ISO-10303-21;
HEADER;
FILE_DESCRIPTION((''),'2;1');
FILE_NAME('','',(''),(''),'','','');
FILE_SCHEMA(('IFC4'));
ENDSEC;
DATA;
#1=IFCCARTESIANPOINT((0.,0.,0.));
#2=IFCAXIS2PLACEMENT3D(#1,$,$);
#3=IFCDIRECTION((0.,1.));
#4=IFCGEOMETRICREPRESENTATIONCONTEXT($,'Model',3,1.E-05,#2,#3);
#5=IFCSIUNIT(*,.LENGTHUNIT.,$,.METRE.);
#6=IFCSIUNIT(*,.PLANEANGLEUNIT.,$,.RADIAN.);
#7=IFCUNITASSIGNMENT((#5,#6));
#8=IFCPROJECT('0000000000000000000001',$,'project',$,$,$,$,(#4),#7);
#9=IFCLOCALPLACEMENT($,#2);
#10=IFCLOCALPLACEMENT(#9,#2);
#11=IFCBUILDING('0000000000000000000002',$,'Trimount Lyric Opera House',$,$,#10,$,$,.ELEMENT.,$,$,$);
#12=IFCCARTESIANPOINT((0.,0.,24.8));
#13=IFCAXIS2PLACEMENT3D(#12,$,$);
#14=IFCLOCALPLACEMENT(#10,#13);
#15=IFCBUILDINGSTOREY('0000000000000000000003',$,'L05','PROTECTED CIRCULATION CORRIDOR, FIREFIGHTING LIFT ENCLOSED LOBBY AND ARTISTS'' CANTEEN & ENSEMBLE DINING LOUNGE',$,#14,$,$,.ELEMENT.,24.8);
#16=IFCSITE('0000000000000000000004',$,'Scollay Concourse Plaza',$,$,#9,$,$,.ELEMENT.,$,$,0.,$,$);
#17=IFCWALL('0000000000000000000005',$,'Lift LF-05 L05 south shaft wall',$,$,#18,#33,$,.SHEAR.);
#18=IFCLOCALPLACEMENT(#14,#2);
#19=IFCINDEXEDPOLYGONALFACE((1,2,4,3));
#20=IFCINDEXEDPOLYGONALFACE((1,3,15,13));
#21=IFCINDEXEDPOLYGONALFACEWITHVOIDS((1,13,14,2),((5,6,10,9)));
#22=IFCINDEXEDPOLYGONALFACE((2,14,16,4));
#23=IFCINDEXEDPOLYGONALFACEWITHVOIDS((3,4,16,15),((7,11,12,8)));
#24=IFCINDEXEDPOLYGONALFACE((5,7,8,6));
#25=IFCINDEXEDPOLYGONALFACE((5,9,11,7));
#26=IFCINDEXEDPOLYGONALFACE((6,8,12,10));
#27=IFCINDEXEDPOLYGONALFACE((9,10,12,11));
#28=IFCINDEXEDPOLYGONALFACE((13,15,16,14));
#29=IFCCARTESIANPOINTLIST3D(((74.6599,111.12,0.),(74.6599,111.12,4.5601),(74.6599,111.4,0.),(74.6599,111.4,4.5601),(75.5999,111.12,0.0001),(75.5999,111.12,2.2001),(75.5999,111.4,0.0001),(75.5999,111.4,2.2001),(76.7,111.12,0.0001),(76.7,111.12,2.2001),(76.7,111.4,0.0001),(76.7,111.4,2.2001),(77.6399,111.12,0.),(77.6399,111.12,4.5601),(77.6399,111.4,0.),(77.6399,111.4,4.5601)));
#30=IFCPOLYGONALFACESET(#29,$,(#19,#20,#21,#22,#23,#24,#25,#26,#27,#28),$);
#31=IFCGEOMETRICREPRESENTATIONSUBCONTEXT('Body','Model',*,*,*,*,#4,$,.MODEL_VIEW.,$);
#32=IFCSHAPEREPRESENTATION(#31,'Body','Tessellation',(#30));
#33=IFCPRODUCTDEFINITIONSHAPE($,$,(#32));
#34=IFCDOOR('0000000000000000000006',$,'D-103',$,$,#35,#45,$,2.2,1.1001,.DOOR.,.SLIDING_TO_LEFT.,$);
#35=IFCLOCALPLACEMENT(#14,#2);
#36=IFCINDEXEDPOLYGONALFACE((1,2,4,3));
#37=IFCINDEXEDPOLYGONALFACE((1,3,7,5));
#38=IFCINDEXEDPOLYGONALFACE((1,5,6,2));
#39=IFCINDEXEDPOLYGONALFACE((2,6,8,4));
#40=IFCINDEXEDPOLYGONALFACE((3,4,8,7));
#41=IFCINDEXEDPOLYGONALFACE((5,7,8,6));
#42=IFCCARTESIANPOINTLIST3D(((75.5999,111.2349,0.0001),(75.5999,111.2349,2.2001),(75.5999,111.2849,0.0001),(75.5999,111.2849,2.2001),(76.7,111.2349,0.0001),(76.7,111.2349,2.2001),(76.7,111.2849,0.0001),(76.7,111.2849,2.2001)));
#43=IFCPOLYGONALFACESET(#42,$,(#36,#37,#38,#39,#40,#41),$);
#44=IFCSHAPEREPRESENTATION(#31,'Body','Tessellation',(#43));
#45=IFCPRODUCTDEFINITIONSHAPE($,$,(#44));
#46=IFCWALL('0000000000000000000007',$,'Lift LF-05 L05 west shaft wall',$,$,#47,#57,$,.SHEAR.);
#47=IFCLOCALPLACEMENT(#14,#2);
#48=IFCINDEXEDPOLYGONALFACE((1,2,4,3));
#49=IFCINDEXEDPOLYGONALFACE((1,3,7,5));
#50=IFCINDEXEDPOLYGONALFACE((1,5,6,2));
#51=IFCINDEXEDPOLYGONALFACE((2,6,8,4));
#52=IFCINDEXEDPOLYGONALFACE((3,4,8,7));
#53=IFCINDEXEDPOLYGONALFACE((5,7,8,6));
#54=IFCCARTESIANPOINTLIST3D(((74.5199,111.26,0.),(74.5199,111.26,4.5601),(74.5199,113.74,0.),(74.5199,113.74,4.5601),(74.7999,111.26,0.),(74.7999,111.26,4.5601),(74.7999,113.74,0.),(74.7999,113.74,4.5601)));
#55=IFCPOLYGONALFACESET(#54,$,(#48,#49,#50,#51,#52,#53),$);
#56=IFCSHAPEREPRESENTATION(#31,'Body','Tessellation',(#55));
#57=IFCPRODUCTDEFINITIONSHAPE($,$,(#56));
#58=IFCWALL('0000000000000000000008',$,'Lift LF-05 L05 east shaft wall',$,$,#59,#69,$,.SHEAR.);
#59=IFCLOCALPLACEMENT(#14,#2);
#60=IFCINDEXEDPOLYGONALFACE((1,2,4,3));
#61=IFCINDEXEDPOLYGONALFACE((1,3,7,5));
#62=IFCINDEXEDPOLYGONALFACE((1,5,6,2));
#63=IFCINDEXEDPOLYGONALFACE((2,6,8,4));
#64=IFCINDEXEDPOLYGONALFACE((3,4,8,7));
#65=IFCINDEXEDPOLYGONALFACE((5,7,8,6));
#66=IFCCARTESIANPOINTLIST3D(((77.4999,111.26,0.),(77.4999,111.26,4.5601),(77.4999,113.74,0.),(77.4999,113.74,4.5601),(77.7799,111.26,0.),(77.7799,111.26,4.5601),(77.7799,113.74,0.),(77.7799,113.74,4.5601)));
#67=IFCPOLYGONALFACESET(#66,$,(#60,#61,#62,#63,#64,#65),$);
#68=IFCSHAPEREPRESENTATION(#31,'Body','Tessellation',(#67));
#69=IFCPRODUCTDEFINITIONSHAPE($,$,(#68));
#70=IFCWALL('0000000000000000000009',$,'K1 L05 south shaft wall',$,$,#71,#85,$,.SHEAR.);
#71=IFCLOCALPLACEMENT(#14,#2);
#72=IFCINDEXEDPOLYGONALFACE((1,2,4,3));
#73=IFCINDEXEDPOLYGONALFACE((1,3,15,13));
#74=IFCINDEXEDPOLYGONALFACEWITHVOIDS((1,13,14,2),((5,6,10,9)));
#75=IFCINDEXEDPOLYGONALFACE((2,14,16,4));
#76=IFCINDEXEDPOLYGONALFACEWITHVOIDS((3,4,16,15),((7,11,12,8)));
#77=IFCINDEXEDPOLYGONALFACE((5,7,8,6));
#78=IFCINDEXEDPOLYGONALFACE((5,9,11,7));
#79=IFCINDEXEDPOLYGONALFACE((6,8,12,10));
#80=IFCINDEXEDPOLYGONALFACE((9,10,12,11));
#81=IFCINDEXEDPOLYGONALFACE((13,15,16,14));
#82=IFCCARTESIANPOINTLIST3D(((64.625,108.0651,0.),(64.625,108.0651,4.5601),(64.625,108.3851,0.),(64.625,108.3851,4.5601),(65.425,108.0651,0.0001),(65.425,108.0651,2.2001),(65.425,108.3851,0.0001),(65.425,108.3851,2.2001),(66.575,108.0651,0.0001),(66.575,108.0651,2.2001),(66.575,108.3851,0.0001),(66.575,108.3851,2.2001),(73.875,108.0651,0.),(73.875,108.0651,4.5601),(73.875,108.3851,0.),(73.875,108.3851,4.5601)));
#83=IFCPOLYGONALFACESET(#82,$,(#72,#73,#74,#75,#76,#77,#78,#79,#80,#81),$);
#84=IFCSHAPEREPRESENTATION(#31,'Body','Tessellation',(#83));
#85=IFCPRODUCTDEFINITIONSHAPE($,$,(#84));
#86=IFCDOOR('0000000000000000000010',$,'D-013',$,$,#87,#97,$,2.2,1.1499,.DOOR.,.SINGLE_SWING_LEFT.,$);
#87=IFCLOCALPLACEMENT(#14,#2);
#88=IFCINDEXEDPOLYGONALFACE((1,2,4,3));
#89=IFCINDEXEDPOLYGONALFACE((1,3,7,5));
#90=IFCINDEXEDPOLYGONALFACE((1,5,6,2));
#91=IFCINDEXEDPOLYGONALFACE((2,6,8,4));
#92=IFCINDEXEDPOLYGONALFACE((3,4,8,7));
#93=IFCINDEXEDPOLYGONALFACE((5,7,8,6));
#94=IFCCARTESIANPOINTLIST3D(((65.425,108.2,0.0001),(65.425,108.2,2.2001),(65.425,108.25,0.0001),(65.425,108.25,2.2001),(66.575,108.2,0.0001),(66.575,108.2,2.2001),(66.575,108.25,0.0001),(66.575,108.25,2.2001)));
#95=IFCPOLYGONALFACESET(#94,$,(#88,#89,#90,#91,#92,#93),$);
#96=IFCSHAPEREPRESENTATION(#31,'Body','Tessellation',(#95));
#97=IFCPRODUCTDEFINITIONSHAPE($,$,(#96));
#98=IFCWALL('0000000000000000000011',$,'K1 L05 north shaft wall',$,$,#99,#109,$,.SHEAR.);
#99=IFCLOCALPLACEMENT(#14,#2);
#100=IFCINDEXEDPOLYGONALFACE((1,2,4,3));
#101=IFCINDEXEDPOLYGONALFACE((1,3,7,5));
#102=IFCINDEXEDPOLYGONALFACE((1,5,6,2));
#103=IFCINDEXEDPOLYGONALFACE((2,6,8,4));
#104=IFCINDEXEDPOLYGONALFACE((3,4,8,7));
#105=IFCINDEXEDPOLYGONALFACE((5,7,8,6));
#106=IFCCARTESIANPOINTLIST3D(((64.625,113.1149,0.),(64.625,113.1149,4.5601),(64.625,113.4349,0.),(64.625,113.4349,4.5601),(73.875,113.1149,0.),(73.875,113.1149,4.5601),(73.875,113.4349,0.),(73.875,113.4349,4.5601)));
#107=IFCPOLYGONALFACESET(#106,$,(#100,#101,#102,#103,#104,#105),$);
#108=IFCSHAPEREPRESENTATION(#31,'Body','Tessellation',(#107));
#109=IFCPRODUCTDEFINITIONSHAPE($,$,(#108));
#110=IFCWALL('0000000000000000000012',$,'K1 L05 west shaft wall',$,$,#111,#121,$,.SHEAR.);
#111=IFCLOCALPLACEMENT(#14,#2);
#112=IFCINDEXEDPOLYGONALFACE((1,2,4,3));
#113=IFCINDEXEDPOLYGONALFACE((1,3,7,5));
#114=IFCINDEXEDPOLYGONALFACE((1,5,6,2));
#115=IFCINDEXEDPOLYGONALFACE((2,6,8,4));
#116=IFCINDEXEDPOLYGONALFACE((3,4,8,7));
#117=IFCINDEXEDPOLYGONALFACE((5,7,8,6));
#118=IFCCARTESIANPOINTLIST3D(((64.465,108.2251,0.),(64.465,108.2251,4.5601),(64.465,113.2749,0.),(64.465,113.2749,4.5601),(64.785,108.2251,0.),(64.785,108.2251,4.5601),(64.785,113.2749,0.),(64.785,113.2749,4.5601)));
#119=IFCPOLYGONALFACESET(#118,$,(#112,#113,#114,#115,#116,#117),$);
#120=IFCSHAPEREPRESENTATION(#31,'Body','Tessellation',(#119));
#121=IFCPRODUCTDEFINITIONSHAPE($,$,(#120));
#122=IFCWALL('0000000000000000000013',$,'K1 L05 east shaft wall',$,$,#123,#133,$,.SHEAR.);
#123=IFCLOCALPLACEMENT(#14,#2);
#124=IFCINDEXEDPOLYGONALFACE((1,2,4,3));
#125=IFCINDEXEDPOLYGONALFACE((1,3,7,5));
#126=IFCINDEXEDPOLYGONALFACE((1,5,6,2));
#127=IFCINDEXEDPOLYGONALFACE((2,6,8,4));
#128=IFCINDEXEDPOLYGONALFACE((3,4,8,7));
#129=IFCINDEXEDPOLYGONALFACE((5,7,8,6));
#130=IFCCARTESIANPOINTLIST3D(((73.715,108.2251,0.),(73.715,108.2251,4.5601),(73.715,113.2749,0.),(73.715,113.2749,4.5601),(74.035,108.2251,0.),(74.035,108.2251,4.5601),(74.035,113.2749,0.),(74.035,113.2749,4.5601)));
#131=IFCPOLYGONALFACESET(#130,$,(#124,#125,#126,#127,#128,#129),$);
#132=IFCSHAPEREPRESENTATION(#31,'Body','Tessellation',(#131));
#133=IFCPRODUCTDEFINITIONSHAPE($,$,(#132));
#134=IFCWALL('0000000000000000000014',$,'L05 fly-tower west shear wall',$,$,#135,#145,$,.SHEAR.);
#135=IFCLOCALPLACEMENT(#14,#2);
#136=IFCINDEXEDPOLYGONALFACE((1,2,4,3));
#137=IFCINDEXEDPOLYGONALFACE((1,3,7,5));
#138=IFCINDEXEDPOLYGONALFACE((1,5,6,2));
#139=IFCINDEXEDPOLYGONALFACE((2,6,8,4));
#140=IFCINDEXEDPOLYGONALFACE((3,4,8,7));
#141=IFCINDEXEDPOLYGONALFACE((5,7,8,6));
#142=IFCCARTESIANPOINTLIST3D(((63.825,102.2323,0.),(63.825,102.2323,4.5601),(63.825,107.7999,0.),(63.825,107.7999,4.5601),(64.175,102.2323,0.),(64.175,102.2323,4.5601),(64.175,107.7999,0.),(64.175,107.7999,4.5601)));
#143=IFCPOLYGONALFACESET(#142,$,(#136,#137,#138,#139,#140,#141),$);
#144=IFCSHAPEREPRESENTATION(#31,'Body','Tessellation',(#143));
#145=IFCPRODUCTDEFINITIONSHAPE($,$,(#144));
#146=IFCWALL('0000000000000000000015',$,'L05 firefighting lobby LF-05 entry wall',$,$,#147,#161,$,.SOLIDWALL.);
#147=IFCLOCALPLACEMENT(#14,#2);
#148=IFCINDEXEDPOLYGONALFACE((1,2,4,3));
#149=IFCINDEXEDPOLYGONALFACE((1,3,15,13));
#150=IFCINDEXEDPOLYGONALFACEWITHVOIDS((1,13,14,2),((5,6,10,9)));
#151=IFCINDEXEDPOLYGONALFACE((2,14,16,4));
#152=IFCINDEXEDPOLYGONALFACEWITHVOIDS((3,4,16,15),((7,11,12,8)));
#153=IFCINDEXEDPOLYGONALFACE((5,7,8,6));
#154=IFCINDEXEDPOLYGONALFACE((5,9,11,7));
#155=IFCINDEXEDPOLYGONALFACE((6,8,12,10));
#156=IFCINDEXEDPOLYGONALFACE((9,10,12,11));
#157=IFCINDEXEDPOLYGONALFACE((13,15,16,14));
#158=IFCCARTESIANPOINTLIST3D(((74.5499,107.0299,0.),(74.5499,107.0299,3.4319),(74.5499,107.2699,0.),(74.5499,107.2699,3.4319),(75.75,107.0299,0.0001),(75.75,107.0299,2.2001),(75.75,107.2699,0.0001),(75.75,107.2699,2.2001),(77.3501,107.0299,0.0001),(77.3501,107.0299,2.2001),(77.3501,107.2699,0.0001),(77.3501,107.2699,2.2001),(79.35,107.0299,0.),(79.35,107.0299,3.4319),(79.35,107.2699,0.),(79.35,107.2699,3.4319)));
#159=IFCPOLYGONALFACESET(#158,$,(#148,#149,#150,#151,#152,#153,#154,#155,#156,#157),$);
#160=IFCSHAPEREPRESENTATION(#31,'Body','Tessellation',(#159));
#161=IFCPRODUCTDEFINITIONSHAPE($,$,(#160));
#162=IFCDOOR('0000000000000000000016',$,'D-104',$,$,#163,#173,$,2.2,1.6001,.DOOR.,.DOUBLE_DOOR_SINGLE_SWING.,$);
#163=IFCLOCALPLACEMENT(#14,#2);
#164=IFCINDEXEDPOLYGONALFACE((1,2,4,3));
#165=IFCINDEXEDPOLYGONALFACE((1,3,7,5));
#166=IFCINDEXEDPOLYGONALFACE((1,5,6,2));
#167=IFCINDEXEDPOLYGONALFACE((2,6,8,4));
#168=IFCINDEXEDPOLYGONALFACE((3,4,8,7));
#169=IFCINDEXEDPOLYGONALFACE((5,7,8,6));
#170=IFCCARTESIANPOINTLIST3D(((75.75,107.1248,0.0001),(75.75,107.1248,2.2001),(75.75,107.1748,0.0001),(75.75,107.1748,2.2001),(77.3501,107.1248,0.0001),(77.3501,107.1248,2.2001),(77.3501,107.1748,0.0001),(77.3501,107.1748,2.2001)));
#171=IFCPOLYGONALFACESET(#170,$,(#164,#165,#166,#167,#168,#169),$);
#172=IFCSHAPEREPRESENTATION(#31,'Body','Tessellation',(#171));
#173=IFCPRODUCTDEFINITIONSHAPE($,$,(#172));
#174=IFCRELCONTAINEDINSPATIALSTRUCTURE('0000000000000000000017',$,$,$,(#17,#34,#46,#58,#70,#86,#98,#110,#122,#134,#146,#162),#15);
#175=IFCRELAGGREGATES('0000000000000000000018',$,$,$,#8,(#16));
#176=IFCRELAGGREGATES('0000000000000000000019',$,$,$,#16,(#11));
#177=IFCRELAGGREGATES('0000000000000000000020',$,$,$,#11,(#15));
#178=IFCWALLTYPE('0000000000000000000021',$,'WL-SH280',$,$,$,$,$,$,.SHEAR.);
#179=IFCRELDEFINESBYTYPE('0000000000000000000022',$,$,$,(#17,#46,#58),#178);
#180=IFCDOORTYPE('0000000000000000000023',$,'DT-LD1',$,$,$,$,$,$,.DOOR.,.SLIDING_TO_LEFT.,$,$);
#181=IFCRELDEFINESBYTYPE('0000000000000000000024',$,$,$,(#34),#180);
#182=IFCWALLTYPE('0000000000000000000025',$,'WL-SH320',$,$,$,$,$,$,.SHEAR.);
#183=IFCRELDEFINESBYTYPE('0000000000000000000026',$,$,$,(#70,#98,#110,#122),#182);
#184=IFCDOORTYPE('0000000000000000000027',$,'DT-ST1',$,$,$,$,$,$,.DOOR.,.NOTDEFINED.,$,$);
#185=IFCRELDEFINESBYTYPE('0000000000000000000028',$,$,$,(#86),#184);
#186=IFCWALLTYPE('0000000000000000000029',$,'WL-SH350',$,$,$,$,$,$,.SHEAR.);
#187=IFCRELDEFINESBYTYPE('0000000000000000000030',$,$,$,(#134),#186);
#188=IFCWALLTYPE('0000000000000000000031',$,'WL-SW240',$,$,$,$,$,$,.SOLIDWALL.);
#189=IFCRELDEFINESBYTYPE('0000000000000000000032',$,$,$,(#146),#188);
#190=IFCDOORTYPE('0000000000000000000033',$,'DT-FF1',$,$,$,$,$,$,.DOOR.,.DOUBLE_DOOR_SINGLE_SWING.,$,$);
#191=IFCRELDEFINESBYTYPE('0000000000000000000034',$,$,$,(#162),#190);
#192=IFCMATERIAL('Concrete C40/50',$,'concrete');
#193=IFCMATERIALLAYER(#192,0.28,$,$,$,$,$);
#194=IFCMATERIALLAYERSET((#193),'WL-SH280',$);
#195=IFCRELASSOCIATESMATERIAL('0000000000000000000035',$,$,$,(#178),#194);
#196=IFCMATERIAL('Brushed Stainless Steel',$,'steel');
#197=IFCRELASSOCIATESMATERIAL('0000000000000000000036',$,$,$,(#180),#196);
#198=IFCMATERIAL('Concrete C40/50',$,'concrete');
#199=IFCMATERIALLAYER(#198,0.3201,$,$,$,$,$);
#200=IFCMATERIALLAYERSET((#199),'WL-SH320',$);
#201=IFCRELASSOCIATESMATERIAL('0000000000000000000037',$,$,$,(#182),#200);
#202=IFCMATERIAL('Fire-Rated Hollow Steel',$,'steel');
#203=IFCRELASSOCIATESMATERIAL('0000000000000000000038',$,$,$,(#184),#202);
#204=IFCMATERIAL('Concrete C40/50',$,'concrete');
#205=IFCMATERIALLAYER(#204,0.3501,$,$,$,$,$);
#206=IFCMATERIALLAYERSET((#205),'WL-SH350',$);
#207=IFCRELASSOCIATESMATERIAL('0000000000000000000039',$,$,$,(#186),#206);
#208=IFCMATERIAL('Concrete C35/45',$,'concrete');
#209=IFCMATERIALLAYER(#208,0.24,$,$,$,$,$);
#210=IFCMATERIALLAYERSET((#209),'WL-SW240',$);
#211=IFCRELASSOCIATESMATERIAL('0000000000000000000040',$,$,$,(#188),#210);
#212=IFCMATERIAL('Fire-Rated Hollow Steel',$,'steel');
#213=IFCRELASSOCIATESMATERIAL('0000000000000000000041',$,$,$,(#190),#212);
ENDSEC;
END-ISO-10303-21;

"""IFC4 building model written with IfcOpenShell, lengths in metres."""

from ifc_helpers import new_model, si_unit, direction, frame, frame_2d, origin, place, context, subcontext, project, spatial, rectangle, extrude, material, layer, layer_set, type_object, element, fill, save


model = new_model("IFC4")

# Units and contexts
model_context = context("Model", 3, precision=1e-05, world=origin(), true_north=direction((0.0, 1.0)))
body_context = subcontext(model_context, "Body", "Model", "MODEL_VIEW")
ifc_project = project(units=[si_unit("LENGTHUNIT", "METRE"), si_unit("PLANEANGLEUNIT", "RADIAN")], contexts=[model_context])

# Site, building, storey
site_placement = place(None, origin())
site = spatial("IfcSite", under=ifc_project, at=site_placement, Name="Scollay Concourse Plaza", CompositionType="ELEMENT", RefElevation=0.0)
building_placement = place(site_placement, origin())
building = spatial("IfcBuilding", under=site, at=building_placement, Name="Trimount Lyric Opera House", CompositionType="ELEMENT")
storey_placement = place(building_placement, frame((0.0, 0.0, 24.8)))
storey = spatial("IfcBuildingStorey", under=building, at=storey_placement, Name="L05", Description="PROTECTED CIRCULATION CORRIDOR, FIREFIGHTING LIFT ENCLOSED LOBBY AND ARTISTS' CANTEEN & ENSEMBLE DINING LOUNGE", CompositionType="ELEMENT", Elevation=24.8)

# Wall, opening, door
ifc_material_1 = material(Name="Concrete C40/50", Category="concrete")
ifc_layer_1 = layer(ifc_material_1, 0.28)
ifc_layer_set_1 = layer_set([ifc_layer_1], Name="WL-SH280")
wall_type_1 = type_object("IfcWallType", Name="WL-SH280", PredefinedType="SHEAR", material=ifc_layer_set_1)
wall_1_placement = place(storey_placement, frame((74.6599, 111.26, 0.0), z_axis=(0.0, 0.0, 1.0), x_axis=(1.0, 0.0, 0.0)))
wall_1 = element("IfcWall", 1, at=wall_1_placement, inside=storey, type_object=wall_type_1, Name="Lift LF-05 L05 south shaft wall", PredefinedType="SHEAR", context=body_context, shape_type="SweptSolid", body=[
    extrude(rectangle(XDim=2.98, YDim=0.28, at=frame_2d((1.49, 0.0))), origin(), (0.0, 0.0, 1.0), 4.5601),
])
opening_1_placement = place(wall_1_placement, frame((0.9399, 0.0, 0.0)))
opening_1 = element("IfcOpeningElement", 2, at=opening_1_placement, cuts=wall_1, PredefinedType="OPENING", context=body_context, shape_type="SweptSolid", body=[
    extrude(rectangle(XDim=1.1001, YDim=2.2, at=frame_2d((0.55, 1.1001))), frame((0.0, 0.1499, 0.0), z_axis=(0.0, -1.0, 0.0), x_axis=(1.0, 0.0, 0.0)), (0.0, 0.0, 1.0), 0.3),
])
ifc_material_2 = material(Name="Brushed Stainless Steel", Category="steel")
door_type_1 = type_object("IfcDoorType", Name="DT-LD1", OperationType="SLIDING_TO_LEFT", PredefinedType="DOOR", material=ifc_material_2)
door_1_placement = place(opening_1_placement, origin())
door_1 = element("IfcDoor", 3, at=door_1_placement, inside=storey, type_object=door_type_1, Name="D-103", OperationType="SLIDING_TO_LEFT", OverallHeight=2.2, OverallWidth=1.1001, PredefinedType="DOOR", context=body_context, shape_type="SweptSolid", body=[
    extrude(rectangle(XDim=1.1001, YDim=2.2, at=frame_2d((0.55, 1.1001))), frame((0.0, 0.0249, 0.0), z_axis=(0.0, -1.0, 0.0), x_axis=(1.0, 0.0, 0.0)), (0.0, 0.0, 1.0), 0.05),
])
fill(opening_1, door_1)

# Walls
for number, where, z_axis, x_axis, name in (
    (4, (74.6599, 113.74, 0.0), (0.0, 0.0, 1.0), (0.0, -1.0, 0.0), "Lift LF-05 L05 west shaft wall"),
    (5, (77.6399, 111.26, 0.0), (0.0, 0.0, 1.0), (0.0, 1.0, 0.0), "Lift LF-05 L05 east shaft wall"),
):
    element("IfcWall", number, at=place(storey_placement, frame(where, z_axis=z_axis, x_axis=x_axis)), inside=storey, type_object=wall_type_1, Name=name, PredefinedType="SHEAR", context=body_context, shape_type="SweptSolid", body=[
        extrude(rectangle(XDim=2.48, YDim=0.28, at=frame_2d((1.24, 0.0))), origin(), (0.0, 0.0, 1.0), 4.5601),
    ])

# Wall, opening, door
ifc_material_3 = material(Name="Concrete C40/50", Category="concrete")
ifc_layer_2 = layer(ifc_material_3, 0.3201)
ifc_layer_set_2 = layer_set([ifc_layer_2], Name="WL-SH320")
wall_type_2 = type_object("IfcWallType", Name="WL-SH320", PredefinedType="SHEAR", material=ifc_layer_set_2)
wall_2_placement = place(storey_placement, frame((64.625, 108.2251, 0.0), z_axis=(0.0, 0.0, 1.0), x_axis=(1.0, 0.0, 0.0)))
wall_2 = element("IfcWall", 6, at=wall_2_placement, inside=storey, type_object=wall_type_2, Name="K1 L05 south shaft wall", PredefinedType="SHEAR", context=body_context, shape_type="SweptSolid", body=[
    extrude(rectangle(XDim=9.25, YDim=0.3201, at=frame_2d((4.625, 0.0))), origin(), (0.0, 0.0, 1.0), 4.5601),
])
opening_2_placement = place(wall_2_placement, frame((0.8, 0.0, 0.0)))
opening_2 = element("IfcOpeningElement", 7, at=opening_2_placement, cuts=wall_2, PredefinedType="OPENING", context=body_context, shape_type="SweptSolid", body=[
    extrude(rectangle(XDim=1.1499, YDim=2.2, at=frame_2d((0.575, 1.1001))), frame((0.0, 0.1699, 0.0), z_axis=(0.0, -1.0, 0.0), x_axis=(1.0, 0.0, 0.0)), (0.0, 0.0, 1.0), 0.3401),
])
ifc_material_4 = material(Name="Fire-Rated Hollow Steel", Category="steel")
door_type_2 = type_object("IfcDoorType", Name="DT-ST1", OperationType="NOTDEFINED", PredefinedType="DOOR", material=ifc_material_4)
door_2_placement = place(opening_2_placement, origin())
door_2 = element("IfcDoor", 8, at=door_2_placement, inside=storey, type_object=door_type_2, Name="D-013", OperationType="SINGLE_SWING_LEFT", OverallHeight=2.2, OverallWidth=1.1499, PredefinedType="DOOR", context=body_context, shape_type="SweptSolid", body=[
    extrude(rectangle(XDim=1.1499, YDim=2.2, at=frame_2d((0.575, 1.1001))), frame((0.0, 0.0249, 0.0), z_axis=(0.0, -1.0, 0.0), x_axis=(1.0, 0.0, 0.0)), (0.0, 0.0, 1.0), 0.05),
])
fill(opening_2, door_2)

# Walls
wall_3_placement = place(storey_placement, frame((73.875, 113.2749, 0.0), z_axis=(0.0, 0.0, 1.0), x_axis=(-1.0, 0.0, 0.0)))
element("IfcWall", 9, at=wall_3_placement, inside=storey, type_object=wall_type_2, Name="K1 L05 north shaft wall", PredefinedType="SHEAR", context=body_context, shape_type="SweptSolid", body=[
    extrude(rectangle(XDim=9.25, YDim=0.3201, at=frame_2d((4.625, 0.0))), origin(), (0.0, 0.0, 1.0), 4.5601),
])
for number, where, z_axis, x_axis, name in (
    (10, (64.625, 113.2749, 0.0), (0.0, 0.0, 1.0), (0.0, -1.0, 0.0), "K1 L05 west shaft wall"),
    (11, (73.875, 108.2251, 0.0), (0.0, 0.0, 1.0), (0.0, 1.0, 0.0), "K1 L05 east shaft wall"),
):
    element("IfcWall", number, at=place(storey_placement, frame(where, z_axis=z_axis, x_axis=x_axis)), inside=storey, type_object=wall_type_2, Name=name, PredefinedType="SHEAR", context=body_context, shape_type="SweptSolid", body=[
        extrude(rectangle(XDim=5.0498, YDim=0.3201, at=frame_2d((2.5249, 0.0))), origin(), (0.0, 0.0, 1.0), 4.5601),
    ])
ifc_material_5 = material(Name="Concrete C40/50", Category="concrete")
ifc_layer_3 = layer(ifc_material_5, 0.3501)
ifc_layer_set_3 = layer_set([ifc_layer_3], Name="WL-SH350")
wall_type_3 = type_object("IfcWallType", Name="WL-SH350", PredefinedType="SHEAR", material=ifc_layer_set_3)
wall_4_placement = place(storey_placement, frame((64.0, 102.2324, 0.0), z_axis=(0.0, 0.0, 1.0), x_axis=(0.0, 1.0, 0.0)))
element("IfcWall", 12, at=wall_4_placement, inside=storey, type_object=wall_type_3, Name="L05 fly-tower west shear wall", PredefinedType="SHEAR", context=body_context, shape_type="SweptSolid", body=[
    extrude(rectangle(XDim=5.5676, YDim=0.3501, at=frame_2d((2.7837, 0.0))), origin(), (0.0, 0.0, 1.0), 4.5601),
])

# Wall, opening, door
ifc_material_6 = material(Name="Concrete C35/45", Category="concrete")
ifc_layer_4 = layer(ifc_material_6, 0.24)
ifc_layer_set_4 = layer_set([ifc_layer_4], Name="WL-SW240")
wall_type_4 = type_object("IfcWallType", Name="WL-SW240", PredefinedType="SOLIDWALL", material=ifc_layer_set_4)
wall_5_placement = place(storey_placement, frame((74.55, 107.1499, 0.0), z_axis=(0.0, 0.0, 1.0), x_axis=(1.0, 0.0, 0.0)))
wall_5 = element("IfcWall", 13, at=wall_5_placement, inside=storey, type_object=wall_type_4, Name="L05 firefighting lobby LF-05 entry wall", PredefinedType="SOLIDWALL", context=body_context, shape_type="SweptSolid", body=[
    extrude(rectangle(XDim=4.8, YDim=0.24, at=frame_2d((2.3999, 0.0))), origin(), (0.0, 0.0, 1.0), 3.4319),
])
opening_3_placement = place(wall_5_placement, frame((1.2, 0.0, 0.0)))
opening_3 = element("IfcOpeningElement", 14, at=opening_3_placement, cuts=wall_5, PredefinedType="OPENING", context=body_context, shape_type="SweptSolid", body=[
    extrude(rectangle(XDim=1.6001, YDim=2.2, at=frame_2d((0.8, 1.1001))), frame((0.0, 0.1299, 0.0), z_axis=(0.0, -1.0, 0.0), x_axis=(1.0, 0.0, 0.0)), (0.0, 0.0, 1.0), 0.26),
])
ifc_material_7 = material(Name="Fire-Rated Hollow Steel", Category="steel")
door_type_3 = type_object("IfcDoorType", Name="DT-FF1", OperationType="DOUBLE_DOOR_SINGLE_SWING", PredefinedType="DOOR", material=ifc_material_7)
door_3_placement = place(opening_3_placement, origin())
door_3 = element("IfcDoor", 15, at=door_3_placement, inside=storey, type_object=door_type_3, Name="D-104", OperationType="DOUBLE_DOOR_SINGLE_SWING", OverallHeight=2.2, OverallWidth=1.6001, PredefinedType="DOOR", context=body_context, shape_type="SweptSolid", body=[
    extrude(rectangle(XDim=1.6001, YDim=2.2, at=frame_2d((0.8, 1.1001))), frame((0.0, 0.0249, 0.0), z_axis=(0.0, -1.0, 0.0), x_axis=(1.0, 0.0, 0.0)), (0.0, 0.0, 1.0), 0.05),
])
fill(opening_3, door_3)

save(model, "model.ifc")
